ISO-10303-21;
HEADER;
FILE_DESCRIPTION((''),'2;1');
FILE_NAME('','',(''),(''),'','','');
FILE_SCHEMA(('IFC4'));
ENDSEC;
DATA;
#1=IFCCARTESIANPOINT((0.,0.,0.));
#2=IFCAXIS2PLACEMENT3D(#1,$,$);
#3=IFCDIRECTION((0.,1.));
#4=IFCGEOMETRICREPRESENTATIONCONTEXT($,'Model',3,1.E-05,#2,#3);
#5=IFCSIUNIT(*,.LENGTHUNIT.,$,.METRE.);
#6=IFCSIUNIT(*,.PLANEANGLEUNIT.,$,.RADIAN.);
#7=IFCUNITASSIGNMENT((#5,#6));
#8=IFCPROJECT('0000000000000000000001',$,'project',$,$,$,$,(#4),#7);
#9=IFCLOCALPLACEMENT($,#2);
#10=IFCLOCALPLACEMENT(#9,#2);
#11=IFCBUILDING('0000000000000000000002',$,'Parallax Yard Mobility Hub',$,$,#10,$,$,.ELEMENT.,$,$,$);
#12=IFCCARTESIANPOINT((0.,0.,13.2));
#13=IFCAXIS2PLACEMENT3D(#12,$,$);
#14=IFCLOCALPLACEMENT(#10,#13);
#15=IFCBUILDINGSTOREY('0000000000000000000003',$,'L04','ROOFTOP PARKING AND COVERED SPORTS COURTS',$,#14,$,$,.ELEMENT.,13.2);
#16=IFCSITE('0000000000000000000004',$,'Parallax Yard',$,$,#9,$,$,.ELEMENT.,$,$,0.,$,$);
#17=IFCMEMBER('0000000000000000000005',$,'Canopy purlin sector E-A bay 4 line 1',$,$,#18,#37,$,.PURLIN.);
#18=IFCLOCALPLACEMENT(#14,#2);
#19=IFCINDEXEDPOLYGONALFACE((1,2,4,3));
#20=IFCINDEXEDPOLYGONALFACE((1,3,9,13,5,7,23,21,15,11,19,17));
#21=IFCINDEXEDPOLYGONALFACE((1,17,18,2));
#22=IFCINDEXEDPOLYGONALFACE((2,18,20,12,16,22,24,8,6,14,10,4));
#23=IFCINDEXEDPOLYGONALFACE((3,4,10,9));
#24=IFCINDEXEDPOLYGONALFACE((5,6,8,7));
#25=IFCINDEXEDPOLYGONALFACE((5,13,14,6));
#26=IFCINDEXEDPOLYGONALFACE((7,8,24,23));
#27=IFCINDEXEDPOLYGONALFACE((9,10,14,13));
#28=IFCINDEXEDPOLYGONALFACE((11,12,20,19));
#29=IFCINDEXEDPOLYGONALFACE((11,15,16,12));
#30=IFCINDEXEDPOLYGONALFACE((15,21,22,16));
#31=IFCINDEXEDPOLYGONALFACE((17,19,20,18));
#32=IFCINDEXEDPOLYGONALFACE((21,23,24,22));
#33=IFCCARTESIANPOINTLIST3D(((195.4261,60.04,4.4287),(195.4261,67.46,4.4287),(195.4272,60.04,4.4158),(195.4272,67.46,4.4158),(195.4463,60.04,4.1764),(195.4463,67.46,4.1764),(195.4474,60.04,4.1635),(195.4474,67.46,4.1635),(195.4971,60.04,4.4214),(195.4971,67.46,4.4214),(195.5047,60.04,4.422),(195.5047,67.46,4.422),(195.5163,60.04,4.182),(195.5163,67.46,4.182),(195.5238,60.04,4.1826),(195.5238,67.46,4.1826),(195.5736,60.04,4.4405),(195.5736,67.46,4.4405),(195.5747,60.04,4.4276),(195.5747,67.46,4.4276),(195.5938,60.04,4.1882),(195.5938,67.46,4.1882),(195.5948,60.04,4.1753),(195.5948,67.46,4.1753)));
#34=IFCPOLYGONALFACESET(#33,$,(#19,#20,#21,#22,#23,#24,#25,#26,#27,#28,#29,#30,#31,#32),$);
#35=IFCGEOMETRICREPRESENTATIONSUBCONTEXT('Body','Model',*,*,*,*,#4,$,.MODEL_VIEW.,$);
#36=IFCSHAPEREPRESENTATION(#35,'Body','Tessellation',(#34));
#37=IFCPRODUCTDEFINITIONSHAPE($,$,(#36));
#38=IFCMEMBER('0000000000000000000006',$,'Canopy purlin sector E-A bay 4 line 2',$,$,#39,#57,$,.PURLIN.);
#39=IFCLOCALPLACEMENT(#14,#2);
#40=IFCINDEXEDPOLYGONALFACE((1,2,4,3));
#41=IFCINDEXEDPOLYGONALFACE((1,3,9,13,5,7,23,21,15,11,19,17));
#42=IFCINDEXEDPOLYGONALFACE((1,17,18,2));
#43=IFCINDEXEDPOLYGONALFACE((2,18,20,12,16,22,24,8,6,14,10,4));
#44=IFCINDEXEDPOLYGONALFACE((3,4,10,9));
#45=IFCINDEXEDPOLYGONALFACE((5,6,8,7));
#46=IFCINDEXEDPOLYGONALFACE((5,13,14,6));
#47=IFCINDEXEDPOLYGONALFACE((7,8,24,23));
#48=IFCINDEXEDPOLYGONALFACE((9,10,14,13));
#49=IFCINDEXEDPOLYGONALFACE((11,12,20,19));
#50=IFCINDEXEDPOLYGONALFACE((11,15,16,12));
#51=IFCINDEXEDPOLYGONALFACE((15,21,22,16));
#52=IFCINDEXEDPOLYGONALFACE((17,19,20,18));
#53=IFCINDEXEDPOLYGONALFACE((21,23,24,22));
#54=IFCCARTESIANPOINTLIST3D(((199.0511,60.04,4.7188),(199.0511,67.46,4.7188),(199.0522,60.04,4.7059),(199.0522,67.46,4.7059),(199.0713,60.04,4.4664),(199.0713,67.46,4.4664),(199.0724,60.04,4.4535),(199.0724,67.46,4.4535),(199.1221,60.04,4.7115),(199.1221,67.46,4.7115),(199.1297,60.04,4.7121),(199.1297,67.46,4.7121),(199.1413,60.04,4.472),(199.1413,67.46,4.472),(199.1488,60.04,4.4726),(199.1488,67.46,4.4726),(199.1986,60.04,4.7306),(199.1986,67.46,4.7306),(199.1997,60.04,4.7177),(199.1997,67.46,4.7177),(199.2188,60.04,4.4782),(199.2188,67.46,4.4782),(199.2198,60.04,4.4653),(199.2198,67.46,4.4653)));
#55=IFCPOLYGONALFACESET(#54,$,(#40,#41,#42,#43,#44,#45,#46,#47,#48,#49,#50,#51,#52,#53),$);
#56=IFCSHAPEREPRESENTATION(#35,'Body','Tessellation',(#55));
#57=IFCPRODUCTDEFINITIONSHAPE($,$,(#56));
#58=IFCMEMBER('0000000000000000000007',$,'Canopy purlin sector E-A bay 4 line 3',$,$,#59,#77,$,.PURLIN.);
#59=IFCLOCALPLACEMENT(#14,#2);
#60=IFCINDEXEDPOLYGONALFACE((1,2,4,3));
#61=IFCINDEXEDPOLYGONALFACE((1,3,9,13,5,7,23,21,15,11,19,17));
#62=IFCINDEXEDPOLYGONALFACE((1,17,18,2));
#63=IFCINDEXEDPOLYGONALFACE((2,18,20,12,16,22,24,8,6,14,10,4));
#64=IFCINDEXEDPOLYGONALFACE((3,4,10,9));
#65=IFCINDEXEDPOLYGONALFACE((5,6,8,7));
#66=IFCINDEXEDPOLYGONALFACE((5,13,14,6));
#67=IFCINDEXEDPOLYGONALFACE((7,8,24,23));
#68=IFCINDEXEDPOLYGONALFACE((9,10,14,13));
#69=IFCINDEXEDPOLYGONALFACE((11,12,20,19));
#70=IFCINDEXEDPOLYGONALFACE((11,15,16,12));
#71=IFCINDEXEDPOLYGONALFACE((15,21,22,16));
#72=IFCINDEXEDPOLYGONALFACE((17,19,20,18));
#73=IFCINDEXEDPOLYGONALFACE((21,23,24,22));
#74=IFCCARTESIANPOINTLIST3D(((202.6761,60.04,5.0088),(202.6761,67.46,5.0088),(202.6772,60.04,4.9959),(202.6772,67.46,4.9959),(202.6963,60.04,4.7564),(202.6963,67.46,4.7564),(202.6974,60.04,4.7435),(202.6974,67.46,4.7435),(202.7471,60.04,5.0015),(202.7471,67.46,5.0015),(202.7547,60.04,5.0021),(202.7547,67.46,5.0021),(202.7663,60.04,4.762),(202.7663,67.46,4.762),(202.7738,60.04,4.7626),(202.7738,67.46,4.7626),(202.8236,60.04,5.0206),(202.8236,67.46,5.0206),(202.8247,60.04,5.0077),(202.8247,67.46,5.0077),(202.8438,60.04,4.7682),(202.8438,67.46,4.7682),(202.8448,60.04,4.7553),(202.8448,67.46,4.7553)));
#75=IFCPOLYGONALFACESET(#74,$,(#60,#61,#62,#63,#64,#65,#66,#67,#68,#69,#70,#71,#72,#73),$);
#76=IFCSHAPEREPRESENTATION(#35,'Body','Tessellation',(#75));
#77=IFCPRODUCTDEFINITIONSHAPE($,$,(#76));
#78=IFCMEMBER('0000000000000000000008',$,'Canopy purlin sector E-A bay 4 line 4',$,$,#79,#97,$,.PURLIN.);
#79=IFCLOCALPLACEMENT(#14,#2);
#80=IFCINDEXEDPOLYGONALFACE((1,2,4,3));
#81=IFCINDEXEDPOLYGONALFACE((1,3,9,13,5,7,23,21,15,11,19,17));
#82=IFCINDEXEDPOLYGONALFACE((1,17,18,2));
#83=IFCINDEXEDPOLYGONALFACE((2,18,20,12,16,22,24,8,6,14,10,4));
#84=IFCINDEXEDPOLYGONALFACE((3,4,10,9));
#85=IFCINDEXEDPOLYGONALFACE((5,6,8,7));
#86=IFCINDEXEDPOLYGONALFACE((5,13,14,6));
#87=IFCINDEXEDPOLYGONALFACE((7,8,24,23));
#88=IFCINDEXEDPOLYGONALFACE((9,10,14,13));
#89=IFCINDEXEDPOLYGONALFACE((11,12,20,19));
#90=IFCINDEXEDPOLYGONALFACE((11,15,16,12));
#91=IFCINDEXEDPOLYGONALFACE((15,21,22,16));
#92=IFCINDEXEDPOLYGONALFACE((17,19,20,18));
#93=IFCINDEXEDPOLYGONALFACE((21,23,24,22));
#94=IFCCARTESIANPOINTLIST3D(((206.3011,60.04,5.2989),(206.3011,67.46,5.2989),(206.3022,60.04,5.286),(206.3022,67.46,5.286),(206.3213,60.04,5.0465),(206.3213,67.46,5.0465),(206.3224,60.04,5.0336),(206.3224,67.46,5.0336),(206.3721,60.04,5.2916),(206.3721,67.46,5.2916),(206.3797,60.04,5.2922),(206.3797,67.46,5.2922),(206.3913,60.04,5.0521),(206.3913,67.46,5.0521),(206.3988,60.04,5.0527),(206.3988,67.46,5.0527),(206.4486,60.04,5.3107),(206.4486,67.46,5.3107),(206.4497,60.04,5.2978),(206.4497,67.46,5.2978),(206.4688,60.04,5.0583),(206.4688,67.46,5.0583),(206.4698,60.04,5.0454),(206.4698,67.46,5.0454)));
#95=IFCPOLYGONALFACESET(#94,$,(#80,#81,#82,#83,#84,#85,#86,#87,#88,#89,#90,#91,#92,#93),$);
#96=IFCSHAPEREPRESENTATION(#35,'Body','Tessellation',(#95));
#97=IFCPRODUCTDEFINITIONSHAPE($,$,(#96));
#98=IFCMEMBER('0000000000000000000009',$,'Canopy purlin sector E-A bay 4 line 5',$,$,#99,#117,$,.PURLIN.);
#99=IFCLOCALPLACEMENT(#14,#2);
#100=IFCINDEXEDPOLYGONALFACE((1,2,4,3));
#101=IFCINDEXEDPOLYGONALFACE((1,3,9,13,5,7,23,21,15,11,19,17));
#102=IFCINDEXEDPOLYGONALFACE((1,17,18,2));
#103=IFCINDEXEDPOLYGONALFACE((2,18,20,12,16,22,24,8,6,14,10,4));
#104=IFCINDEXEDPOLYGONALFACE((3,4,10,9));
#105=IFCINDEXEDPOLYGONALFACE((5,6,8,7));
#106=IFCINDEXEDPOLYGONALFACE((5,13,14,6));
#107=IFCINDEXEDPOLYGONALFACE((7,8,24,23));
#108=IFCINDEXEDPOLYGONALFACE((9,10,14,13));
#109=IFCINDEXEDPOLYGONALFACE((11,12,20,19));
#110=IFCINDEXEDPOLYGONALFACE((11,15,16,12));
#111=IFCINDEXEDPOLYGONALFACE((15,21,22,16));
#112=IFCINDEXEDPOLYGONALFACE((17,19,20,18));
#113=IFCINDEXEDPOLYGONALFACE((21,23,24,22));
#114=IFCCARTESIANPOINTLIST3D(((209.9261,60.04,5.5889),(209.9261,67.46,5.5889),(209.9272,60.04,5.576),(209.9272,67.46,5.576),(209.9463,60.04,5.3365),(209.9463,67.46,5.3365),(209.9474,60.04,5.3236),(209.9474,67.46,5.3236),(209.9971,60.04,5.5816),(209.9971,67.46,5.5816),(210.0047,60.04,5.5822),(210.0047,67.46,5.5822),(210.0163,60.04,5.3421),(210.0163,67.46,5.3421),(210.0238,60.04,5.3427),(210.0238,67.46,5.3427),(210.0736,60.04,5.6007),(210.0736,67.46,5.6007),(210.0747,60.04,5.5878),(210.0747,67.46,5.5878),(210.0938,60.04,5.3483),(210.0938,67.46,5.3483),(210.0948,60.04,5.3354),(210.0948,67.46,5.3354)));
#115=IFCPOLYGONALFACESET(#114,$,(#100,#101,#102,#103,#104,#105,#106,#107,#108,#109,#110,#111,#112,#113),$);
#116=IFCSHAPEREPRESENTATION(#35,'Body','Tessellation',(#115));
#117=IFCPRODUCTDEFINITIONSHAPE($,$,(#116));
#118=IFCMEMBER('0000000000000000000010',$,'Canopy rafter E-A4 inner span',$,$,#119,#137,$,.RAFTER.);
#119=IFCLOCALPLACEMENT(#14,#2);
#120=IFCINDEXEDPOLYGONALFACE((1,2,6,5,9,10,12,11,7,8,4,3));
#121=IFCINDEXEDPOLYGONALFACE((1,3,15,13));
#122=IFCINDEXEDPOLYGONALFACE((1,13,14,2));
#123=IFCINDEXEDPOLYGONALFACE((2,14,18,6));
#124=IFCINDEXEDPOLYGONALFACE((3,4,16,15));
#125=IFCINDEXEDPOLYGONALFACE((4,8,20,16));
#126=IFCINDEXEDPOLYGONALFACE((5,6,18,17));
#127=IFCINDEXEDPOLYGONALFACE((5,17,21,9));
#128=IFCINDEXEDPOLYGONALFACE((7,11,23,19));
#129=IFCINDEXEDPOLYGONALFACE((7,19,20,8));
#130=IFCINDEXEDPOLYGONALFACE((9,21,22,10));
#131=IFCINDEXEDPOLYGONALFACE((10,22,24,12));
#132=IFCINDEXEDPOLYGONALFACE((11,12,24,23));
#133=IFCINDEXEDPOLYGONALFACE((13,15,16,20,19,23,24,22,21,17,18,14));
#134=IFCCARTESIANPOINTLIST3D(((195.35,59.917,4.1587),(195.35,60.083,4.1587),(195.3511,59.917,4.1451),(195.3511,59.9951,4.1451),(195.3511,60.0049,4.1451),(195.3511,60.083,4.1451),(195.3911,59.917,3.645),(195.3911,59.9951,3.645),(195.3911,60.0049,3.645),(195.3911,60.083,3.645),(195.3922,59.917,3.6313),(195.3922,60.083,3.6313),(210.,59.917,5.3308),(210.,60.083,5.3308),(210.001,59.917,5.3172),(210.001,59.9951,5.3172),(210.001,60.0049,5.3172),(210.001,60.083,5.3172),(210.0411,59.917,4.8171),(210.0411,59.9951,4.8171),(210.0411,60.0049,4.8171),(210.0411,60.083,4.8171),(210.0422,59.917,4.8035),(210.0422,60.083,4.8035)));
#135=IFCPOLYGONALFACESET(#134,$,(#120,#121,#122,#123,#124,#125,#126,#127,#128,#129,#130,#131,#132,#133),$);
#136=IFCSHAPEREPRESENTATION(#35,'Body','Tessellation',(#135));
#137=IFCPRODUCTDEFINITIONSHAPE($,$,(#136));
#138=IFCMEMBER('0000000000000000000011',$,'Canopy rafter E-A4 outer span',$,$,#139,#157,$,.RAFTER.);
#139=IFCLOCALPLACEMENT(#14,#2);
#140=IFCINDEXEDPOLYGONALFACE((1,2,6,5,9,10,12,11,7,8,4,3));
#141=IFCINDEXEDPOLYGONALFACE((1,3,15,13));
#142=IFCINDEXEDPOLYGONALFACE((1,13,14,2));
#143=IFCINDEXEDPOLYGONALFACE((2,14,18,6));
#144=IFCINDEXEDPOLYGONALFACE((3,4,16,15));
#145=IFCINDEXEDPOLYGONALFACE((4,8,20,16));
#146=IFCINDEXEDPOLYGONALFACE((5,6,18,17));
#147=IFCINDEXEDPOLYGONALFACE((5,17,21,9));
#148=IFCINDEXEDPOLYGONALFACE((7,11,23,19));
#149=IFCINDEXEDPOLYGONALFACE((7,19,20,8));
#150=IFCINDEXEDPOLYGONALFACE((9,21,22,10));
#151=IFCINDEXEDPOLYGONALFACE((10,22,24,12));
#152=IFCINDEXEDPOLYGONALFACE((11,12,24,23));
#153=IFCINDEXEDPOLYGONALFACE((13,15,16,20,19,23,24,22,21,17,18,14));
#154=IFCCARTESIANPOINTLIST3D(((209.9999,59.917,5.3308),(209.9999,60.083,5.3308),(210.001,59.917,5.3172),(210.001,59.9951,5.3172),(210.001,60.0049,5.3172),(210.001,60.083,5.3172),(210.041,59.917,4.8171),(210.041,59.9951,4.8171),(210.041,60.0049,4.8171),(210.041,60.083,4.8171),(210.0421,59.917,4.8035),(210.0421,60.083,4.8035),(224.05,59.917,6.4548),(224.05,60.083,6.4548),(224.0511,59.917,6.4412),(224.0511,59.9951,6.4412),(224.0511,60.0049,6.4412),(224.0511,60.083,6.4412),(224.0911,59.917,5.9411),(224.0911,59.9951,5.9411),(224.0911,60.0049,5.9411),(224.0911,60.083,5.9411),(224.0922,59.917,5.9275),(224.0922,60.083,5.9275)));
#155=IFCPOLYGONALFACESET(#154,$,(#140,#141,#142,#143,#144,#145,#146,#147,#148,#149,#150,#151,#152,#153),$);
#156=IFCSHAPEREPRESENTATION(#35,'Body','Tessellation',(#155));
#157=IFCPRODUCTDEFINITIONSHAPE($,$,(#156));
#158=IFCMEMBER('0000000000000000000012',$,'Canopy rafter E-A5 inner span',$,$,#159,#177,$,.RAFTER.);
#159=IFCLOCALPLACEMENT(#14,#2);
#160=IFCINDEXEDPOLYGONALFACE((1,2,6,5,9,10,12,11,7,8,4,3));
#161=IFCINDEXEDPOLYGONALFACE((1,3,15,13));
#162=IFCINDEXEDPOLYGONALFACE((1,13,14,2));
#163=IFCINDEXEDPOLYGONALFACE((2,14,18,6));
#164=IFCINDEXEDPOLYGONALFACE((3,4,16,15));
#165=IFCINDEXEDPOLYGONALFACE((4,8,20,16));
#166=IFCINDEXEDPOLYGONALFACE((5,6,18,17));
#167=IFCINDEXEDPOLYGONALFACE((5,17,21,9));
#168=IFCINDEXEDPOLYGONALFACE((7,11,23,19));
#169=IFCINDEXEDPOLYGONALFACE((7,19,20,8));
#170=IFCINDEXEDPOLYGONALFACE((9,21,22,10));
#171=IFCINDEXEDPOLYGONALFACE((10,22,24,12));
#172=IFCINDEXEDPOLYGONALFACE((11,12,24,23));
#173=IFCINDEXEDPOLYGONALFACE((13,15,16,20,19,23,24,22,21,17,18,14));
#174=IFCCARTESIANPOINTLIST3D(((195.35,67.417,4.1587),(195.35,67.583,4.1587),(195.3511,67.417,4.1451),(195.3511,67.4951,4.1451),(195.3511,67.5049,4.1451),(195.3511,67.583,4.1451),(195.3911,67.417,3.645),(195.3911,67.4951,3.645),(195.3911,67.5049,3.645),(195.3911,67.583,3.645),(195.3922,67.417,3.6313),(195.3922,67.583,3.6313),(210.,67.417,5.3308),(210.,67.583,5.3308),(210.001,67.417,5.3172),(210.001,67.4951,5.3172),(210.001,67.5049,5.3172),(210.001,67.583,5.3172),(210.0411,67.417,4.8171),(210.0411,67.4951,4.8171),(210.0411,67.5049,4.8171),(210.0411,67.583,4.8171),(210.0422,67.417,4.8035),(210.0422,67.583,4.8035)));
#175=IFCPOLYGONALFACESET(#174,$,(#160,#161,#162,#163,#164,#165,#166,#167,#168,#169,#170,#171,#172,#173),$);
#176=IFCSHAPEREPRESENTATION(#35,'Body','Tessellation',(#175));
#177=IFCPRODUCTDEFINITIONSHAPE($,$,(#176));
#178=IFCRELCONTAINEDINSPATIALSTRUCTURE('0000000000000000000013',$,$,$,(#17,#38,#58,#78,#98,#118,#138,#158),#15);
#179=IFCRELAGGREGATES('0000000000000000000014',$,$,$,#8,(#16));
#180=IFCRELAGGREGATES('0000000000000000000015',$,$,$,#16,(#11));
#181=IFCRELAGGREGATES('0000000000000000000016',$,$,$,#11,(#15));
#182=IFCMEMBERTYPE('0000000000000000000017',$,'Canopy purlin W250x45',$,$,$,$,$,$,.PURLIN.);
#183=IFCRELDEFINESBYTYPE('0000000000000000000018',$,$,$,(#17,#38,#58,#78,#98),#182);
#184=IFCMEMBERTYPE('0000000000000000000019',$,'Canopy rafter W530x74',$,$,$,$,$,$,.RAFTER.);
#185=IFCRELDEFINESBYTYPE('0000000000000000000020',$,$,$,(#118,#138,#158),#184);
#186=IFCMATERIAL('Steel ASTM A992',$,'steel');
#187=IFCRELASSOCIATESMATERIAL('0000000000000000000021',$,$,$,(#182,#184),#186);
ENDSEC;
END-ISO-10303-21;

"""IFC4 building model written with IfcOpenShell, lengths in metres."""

from ifc_helpers import new_model, si_unit, direction, frame, origin, origin_2d, place, context, subcontext, project, spatial, i_section, extrude, material, material_profile, profile_set, type_object, element, save


model = new_model("IFC4")

# Units and contexts
model_context = context("Model", 3, precision=1e-05, world=origin(), true_north=direction((0.0, 1.0)))
body_context = subcontext(model_context, "Body", "Model", "MODEL_VIEW")
ifc_project = project(units=[si_unit("LENGTHUNIT", "METRE"), si_unit("PLANEANGLEUNIT", "RADIAN")], contexts=[model_context])

# Site, building, storey
site_placement = place(None, origin())
site = spatial("IfcSite", under=ifc_project, at=site_placement, Name="Parallax Yard", CompositionType="ELEMENT", RefElevation=0.0)
building_placement = place(site_placement, origin())
building = spatial("IfcBuilding", under=site, at=building_placement, Name="Parallax Yard Mobility Hub", CompositionType="ELEMENT")
storey_placement = place(building_placement, frame((0.0, 0.0, 13.2)))
storey = spatial("IfcBuildingStorey", under=building, at=storey_placement, Name="L04", Description="ROOFTOP PARKING AND COVERED SPORTS COURTS", CompositionType="ELEMENT", Elevation=13.2)

# Shared definitions
ifc_material_1 = material(Name="Steel ASTM A992", Category="steel")

# Members
ifc_material_profile_1 = material_profile(ifc_material_1, i_section(OverallWidth=0.1479, OverallDepth=0.2661, WebThickness=0.0076, FlangeThickness=0.0129, at=origin_2d()), Name="W250x45")
ifc_profile_set_1 = profile_set([ifc_material_profile_1], Name="Steel ASTM A992")
member_type_1 = type_object("IfcMemberType", Name="Canopy purlin W250x45", PredefinedType="PURLIN", material=ifc_profile_set_1)
for number, where, z_axis, x_axis, name in (
    (1, (195.5105, 60.04, 4.302), (0.0, 1.0, 0.0), (-0.996815, 0.0, -0.079745), "Canopy purlin sector E-A bay 4 line 1"),
    (2, (199.1355, 60.04, 4.592), (0.0, 1.0, 0.0), (-0.996815, 0.0, -0.079745), "Canopy purlin sector E-A bay 4 line 2"),
    (3, (202.7605, 60.04, 4.8821), (0.0, 1.0, 0.0), (-0.996815, 0.0, -0.079745), "Canopy purlin sector E-A bay 4 line 3"),
    (4, (206.3855, 60.04, 5.1721), (0.0, 1.0, 0.0), (-0.996815, 0.0, -0.079745), "Canopy purlin sector E-A bay 4 line 4"),
    (5, (210.0105, 60.04, 5.4622), (0.0, 1.0, 0.0), (-0.996815, 0.0, -0.079745), "Canopy purlin sector E-A bay 4 line 5"),
):
    element("IfcMember", number, at=place(storey_placement, frame(where, z_axis=z_axis, x_axis=x_axis)), inside=storey, type_object=member_type_1, Name=name, PredefinedType="PURLIN", context=body_context, shape_type="SweptSolid", body=[
        extrude(i_section(OverallWidth=0.1479, OverallDepth=0.2661, WebThickness=0.0076, FlangeThickness=0.0129, at=origin_2d()), origin(), (0.0, 0.0, 1.0), 7.4199),
    ])
ifc_material_profile_2 = material_profile(ifc_material_1, i_section(OverallWidth=0.166, OverallDepth=0.5291, WebThickness=0.0098, FlangeThickness=0.0137, at=origin_2d()), Name="W530x74")
ifc_profile_set_2 = profile_set([ifc_material_profile_2], Name="Steel ASTM A992")
member_type_2 = type_object("IfcMemberType", Name="Canopy rafter W530x74", PredefinedType="RAFTER", material=ifc_profile_set_2)
member_1_placement = place(storey_placement, frame((195.3711, 60.0, 3.895), z_axis=(0.996815, 0.0, 0.079754), x_axis=(0.0, 1.0, 0.0)))
element("IfcMember", 6, at=member_1_placement, inside=storey, type_object=member_type_2, Name="Canopy rafter E-A4 inner span", PredefinedType="RAFTER", context=body_context, shape_type="SweptSolid", body=[
    extrude(i_section(OverallWidth=0.166, OverallDepth=0.5291, WebThickness=0.0098, FlangeThickness=0.0137, at=origin_2d()), origin(), (0.0, 0.0, 1.0), 14.6968),
])
member_2_placement = place(storey_placement, frame((210.021, 60.0, 5.0671), z_axis=(0.996815, 0.0, 0.079747), x_axis=(0.0, 1.0, 0.0)))
element("IfcMember", 7, at=member_2_placement, inside=storey, type_object=member_type_2, Name="Canopy rafter E-A4 outer span", PredefinedType="RAFTER", context=body_context, shape_type="SweptSolid", body=[
    extrude(i_section(OverallWidth=0.166, OverallDepth=0.5291, WebThickness=0.0098, FlangeThickness=0.0137, at=origin_2d()), origin(), (0.0, 0.0, 1.0), 14.095),
])
member_3_placement = place(storey_placement, frame((195.3711, 67.5, 3.895), z_axis=(0.996815, 0.0, 0.079754), x_axis=(0.0, 1.0, 0.0)))
element("IfcMember", 8, at=member_3_placement, inside=storey, type_object=member_type_2, Name="Canopy rafter E-A5 inner span", PredefinedType="RAFTER", context=body_context, shape_type="SweptSolid", body=[
    extrude(i_section(OverallWidth=0.166, OverallDepth=0.5291, WebThickness=0.0098, FlangeThickness=0.0137, at=origin_2d()), origin(), (0.0, 0.0, 1.0), 14.6968),
])

save(model, "model.ifc")
